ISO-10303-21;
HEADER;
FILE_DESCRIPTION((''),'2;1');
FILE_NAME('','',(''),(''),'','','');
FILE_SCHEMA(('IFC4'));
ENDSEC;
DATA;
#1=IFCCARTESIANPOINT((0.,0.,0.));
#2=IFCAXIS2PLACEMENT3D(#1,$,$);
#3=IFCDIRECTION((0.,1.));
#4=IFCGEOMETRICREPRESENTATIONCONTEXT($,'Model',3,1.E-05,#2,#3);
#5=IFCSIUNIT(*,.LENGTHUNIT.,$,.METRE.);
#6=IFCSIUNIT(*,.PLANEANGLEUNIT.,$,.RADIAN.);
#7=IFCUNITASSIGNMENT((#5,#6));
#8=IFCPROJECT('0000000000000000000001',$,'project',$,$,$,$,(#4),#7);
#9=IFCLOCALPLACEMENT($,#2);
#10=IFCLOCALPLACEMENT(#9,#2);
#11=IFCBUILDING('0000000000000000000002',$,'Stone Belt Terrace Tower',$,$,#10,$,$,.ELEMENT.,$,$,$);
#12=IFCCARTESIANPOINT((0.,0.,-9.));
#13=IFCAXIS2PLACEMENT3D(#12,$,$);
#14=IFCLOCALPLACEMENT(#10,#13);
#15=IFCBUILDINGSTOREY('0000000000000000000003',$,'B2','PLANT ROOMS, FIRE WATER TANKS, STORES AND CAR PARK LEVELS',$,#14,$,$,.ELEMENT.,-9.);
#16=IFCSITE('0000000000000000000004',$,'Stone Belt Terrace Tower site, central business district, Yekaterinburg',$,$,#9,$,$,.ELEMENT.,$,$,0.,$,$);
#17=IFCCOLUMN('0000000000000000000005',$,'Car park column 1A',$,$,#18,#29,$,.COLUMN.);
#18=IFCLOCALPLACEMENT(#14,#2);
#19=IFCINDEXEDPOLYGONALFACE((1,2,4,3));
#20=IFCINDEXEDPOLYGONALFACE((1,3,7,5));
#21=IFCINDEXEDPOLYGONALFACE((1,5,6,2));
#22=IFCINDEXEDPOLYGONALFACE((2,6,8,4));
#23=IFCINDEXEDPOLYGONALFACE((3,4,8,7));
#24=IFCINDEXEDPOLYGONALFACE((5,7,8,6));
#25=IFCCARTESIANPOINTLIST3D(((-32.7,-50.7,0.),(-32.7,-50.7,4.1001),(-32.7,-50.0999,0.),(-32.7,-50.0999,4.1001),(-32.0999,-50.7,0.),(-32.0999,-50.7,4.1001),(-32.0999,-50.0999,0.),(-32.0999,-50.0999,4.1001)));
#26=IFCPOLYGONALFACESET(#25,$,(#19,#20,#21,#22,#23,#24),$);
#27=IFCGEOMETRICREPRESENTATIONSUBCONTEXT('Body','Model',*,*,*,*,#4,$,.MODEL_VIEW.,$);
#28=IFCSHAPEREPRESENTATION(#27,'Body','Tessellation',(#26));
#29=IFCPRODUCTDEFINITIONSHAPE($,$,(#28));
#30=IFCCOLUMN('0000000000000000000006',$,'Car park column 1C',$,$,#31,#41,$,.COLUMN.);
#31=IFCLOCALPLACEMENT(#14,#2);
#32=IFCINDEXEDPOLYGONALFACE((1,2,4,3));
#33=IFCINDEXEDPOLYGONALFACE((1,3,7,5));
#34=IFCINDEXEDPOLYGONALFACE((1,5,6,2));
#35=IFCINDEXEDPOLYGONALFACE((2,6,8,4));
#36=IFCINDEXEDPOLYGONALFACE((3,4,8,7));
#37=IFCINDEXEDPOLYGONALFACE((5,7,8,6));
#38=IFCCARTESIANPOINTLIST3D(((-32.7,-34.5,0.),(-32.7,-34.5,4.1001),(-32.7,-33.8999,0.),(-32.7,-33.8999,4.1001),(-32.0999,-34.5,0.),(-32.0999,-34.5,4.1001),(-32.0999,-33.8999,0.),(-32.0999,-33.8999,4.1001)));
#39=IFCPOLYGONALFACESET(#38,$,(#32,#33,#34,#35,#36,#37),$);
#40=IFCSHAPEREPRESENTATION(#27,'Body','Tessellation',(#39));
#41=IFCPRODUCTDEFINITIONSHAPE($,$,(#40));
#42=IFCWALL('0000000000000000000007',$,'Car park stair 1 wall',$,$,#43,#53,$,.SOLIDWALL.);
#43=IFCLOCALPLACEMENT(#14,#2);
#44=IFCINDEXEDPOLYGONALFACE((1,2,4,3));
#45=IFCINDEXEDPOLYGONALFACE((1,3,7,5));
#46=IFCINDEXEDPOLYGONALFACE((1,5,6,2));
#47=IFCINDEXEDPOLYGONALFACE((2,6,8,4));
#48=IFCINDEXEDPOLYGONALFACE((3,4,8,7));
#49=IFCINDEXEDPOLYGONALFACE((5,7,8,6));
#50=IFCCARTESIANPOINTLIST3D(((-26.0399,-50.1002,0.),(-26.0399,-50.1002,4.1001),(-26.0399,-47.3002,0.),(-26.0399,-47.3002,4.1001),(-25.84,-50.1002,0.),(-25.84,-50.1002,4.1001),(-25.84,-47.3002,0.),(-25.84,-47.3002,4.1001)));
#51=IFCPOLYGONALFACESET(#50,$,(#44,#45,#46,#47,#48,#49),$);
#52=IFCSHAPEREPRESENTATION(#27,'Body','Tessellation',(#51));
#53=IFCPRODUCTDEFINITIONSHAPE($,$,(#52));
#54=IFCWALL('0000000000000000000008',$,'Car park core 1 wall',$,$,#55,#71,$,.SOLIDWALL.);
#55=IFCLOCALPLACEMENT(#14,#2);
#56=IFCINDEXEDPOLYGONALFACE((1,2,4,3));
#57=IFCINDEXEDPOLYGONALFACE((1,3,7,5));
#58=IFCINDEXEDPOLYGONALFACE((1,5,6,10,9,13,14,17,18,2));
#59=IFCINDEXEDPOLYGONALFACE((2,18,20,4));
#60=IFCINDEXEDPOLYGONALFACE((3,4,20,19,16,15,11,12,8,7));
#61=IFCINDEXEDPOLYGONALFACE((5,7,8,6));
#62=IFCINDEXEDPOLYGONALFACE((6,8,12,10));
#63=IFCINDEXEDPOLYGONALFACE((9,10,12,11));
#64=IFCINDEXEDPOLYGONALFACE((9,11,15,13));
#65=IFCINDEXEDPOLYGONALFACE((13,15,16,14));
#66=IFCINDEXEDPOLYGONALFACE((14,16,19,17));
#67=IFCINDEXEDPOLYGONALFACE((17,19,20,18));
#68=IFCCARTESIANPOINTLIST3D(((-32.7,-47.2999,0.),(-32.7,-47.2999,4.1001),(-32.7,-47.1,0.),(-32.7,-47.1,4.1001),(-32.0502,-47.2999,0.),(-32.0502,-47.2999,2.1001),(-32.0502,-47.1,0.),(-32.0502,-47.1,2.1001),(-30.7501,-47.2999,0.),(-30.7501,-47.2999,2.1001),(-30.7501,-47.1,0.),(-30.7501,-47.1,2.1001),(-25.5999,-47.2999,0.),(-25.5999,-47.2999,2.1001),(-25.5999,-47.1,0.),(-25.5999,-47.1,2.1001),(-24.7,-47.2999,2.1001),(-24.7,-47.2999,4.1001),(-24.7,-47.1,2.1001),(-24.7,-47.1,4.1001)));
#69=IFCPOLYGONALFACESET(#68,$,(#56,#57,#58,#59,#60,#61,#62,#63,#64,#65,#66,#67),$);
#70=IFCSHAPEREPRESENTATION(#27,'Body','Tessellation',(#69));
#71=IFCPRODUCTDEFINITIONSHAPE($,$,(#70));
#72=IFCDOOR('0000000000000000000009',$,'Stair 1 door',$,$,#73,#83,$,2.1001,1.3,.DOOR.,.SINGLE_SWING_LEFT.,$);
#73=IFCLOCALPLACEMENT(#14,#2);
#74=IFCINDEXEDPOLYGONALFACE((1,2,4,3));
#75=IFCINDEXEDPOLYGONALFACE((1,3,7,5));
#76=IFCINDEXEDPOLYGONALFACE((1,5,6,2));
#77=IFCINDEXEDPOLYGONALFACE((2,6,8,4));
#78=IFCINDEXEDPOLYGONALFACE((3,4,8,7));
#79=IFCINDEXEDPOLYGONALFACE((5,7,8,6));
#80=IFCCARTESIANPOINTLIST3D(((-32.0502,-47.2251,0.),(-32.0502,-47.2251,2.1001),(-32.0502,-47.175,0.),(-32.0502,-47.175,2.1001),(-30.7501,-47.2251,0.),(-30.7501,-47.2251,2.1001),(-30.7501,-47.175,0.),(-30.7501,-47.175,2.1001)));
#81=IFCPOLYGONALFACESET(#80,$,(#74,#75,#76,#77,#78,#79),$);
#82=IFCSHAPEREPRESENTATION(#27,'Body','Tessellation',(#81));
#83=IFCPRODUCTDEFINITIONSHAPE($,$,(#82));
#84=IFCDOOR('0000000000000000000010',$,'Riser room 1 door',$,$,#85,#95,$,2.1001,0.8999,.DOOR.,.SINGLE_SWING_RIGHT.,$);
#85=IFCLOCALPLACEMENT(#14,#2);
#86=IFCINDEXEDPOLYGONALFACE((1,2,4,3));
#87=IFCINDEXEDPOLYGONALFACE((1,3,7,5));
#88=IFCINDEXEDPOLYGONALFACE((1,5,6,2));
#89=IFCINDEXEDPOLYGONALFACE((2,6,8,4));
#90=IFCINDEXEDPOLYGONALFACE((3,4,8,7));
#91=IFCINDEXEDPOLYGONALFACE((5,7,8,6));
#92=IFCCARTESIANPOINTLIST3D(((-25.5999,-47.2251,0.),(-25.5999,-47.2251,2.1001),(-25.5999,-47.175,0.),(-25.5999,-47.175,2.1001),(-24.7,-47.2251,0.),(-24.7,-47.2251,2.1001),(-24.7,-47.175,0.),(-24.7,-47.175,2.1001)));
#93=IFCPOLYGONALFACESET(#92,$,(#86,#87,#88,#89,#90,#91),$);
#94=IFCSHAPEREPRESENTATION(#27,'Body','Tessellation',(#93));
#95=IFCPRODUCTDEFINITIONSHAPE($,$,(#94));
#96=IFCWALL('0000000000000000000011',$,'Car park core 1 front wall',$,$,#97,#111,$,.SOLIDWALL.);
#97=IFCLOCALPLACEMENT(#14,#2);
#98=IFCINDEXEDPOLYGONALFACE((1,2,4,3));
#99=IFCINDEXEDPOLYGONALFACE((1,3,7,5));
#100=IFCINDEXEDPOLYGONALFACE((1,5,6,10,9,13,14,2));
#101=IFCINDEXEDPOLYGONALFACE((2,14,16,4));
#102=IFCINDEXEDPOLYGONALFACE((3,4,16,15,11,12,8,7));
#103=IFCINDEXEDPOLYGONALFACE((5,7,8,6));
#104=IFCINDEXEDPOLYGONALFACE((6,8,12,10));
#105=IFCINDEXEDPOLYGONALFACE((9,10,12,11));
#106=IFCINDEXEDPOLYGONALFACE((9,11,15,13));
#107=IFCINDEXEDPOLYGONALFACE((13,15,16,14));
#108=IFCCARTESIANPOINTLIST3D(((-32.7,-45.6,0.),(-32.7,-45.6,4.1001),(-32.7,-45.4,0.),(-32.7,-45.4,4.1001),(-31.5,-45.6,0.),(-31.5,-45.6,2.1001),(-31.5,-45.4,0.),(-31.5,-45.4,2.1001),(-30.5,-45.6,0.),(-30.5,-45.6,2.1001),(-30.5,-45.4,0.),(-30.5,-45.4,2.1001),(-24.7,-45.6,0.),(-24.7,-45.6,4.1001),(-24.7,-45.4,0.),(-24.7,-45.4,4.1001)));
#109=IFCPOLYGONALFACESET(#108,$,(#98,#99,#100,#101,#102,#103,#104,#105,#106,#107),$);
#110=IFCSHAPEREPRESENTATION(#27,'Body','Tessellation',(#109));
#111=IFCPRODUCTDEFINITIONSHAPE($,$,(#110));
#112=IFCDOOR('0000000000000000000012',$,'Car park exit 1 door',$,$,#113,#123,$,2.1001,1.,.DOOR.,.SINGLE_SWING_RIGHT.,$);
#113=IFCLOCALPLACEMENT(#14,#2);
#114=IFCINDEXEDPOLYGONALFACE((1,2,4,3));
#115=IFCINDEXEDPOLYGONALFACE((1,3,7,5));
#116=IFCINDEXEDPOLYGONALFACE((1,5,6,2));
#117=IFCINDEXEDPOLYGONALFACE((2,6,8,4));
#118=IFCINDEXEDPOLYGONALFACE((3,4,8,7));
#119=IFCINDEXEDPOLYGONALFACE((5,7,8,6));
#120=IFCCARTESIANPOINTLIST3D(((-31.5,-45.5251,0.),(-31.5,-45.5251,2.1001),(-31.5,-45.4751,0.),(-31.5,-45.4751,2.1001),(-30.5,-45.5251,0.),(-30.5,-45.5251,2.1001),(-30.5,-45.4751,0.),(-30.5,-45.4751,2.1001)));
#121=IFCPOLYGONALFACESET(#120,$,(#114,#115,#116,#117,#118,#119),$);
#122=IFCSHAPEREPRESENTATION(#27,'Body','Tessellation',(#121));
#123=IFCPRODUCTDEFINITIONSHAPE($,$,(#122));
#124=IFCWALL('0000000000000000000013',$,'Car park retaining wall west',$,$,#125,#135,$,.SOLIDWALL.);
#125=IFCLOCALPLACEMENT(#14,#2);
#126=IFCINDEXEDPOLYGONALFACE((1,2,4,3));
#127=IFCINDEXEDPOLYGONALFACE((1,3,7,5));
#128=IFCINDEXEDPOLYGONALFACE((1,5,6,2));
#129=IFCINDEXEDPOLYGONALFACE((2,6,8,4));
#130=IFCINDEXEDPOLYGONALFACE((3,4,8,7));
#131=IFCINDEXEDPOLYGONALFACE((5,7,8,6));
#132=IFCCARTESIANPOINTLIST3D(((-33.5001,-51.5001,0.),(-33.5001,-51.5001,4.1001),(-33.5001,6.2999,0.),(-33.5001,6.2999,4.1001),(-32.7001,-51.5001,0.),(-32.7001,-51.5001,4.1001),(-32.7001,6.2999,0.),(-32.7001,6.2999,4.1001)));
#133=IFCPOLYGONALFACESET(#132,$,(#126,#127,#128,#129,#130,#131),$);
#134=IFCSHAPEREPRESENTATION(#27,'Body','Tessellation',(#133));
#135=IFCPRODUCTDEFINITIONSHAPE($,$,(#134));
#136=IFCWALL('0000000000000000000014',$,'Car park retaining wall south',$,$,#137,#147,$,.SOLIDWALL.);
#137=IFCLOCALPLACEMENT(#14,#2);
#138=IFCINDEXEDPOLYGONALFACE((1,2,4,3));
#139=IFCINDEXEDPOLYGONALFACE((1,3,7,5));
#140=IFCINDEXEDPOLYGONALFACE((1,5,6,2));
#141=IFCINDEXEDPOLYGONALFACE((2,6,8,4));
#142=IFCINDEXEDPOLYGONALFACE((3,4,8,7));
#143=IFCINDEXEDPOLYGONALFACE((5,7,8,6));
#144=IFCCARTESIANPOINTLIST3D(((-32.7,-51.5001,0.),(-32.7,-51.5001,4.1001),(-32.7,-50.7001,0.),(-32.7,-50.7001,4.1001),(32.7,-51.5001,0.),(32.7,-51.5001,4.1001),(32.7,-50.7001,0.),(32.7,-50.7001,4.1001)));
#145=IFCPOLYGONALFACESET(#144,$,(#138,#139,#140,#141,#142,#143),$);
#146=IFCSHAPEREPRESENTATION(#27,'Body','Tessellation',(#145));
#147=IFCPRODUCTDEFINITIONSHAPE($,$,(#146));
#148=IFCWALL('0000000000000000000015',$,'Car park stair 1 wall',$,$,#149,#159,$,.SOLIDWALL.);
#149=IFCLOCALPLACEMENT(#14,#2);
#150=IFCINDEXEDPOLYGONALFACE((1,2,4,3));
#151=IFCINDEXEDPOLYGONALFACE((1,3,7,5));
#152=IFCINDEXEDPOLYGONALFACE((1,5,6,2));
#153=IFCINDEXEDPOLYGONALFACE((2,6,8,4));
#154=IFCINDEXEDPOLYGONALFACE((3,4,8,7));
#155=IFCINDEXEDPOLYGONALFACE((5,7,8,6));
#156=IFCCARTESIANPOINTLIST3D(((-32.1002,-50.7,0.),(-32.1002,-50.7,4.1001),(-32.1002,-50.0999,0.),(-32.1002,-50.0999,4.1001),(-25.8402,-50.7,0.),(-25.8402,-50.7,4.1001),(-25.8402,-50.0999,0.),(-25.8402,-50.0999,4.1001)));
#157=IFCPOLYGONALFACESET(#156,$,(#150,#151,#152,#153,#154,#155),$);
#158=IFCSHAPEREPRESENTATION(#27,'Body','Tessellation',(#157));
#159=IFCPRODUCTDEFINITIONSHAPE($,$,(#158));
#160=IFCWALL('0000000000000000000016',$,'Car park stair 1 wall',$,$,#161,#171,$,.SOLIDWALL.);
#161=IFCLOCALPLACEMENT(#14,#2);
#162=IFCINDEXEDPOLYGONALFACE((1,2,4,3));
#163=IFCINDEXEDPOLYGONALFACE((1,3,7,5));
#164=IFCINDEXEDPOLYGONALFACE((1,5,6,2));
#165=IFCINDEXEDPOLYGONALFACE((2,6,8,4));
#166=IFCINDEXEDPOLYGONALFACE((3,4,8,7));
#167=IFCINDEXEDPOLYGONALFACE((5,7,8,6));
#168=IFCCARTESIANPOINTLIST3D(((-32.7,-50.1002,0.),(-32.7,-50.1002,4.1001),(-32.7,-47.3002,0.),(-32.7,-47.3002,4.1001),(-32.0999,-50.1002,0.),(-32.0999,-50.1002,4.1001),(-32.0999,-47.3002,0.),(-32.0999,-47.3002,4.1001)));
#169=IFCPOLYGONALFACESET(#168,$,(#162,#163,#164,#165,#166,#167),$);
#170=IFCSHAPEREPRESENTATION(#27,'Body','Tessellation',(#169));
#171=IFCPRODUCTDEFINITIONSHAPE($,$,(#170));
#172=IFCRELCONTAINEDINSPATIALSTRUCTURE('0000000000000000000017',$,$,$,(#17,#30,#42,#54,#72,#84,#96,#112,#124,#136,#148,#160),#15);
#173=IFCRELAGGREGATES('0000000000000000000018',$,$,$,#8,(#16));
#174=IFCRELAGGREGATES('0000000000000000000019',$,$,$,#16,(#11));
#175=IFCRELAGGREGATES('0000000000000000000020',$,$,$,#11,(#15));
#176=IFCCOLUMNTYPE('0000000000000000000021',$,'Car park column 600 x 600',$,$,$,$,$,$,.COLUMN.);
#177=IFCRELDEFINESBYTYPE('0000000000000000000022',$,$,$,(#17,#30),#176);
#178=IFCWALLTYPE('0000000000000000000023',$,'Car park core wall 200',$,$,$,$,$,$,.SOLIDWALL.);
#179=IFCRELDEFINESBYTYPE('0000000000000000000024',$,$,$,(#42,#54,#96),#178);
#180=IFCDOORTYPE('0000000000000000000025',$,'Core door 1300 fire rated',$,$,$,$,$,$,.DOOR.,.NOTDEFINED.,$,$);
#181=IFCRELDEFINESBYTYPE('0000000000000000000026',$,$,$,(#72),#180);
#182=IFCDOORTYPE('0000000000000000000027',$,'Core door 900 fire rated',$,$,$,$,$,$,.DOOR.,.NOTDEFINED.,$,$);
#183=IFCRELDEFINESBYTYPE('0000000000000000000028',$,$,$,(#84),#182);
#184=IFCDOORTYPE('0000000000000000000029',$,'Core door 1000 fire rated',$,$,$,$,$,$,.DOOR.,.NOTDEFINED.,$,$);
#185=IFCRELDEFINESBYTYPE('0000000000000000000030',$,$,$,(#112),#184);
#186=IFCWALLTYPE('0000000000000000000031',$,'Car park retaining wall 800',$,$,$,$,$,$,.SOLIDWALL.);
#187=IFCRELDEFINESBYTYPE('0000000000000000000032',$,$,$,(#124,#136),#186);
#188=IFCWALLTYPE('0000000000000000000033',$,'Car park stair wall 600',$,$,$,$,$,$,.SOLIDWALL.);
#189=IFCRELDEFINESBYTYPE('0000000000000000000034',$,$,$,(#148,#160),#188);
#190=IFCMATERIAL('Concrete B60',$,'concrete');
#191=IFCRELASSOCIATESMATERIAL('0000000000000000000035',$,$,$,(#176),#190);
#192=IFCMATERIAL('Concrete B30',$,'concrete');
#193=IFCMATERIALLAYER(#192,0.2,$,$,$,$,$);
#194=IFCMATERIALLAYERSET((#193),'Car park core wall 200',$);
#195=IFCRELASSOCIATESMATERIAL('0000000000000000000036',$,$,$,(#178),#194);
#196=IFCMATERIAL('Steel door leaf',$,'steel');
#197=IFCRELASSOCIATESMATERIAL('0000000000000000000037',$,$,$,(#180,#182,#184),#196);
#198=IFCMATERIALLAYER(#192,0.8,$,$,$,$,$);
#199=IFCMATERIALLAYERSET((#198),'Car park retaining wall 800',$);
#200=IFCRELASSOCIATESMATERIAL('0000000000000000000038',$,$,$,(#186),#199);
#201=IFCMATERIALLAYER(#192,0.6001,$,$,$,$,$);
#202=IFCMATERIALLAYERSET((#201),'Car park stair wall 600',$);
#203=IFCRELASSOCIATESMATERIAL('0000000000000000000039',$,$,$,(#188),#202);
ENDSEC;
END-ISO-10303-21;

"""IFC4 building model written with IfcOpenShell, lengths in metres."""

from ifc_helpers import new_model, si_unit, direction, frame, frame_2d, origin, origin_2d, place, context, subcontext, project, spatial, rectangle, extrude, material, layer, layer_set, material_profile, profile_set, type_object, element, fill, save


model = new_model("IFC4")

# Units and contexts
model_context = context("Model", 3, precision=1e-05, world=origin(), true_north=direction((0.0, 1.0)))
body_context = subcontext(model_context, "Body", "Model", "MODEL_VIEW")
ifc_project = project(units=[si_unit("LENGTHUNIT", "METRE"), si_unit("PLANEANGLEUNIT", "RADIAN")], contexts=[model_context])

# Site, building, storey
site_placement = place(None, origin())
site = spatial("IfcSite", under=ifc_project, at=site_placement, Name="Stone Belt Terrace Tower site, central business district, Yekaterinburg", CompositionType="ELEMENT", RefElevation=0.0)
building_placement = place(site_placement, origin())
building = spatial("IfcBuilding", under=site, at=building_placement, Name="Stone Belt Terrace Tower", CompositionType="ELEMENT")
storey_placement = place(building_placement, frame((0.0, 0.0, -9.0)))
storey = spatial("IfcBuildingStorey", under=building, at=storey_placement, Name="B2", Description="PLANT ROOMS, FIRE WATER TANKS, STORES AND CAR PARK LEVELS", CompositionType="ELEMENT", Elevation=-9.0)

# Columns
ifc_material_1 = material(Name="Concrete B60", Category="concrete")
ifc_material_profile = material_profile(ifc_material_1, rectangle(XDim=0.6001, YDim=0.6001, at=origin_2d()), Name="Car park column 600 x 600")
ifc_profile_set = profile_set([ifc_material_profile], Name="Concrete B60")
column_type = type_object("IfcColumnType", Name="Car park column 600 x 600", PredefinedType="COLUMN", material=ifc_profile_set)
for number, where, z_axis, x_axis, name in (
    (1, (-32.3999, -50.3999, 0.0), (0.0, 0.0, 1.0), (1.0, 0.0, 0.0), "Car park column 1A"),
    (2, (-32.3999, -34.2, 0.0), (0.0, 0.0, 1.0), (1.0, 0.0, 0.0), "Car park column 1C"),
):
    element("IfcColumn", number, at=place(storey_placement, frame(where, z_axis=z_axis, x_axis=x_axis)), inside=storey, type_object=column_type, Name=name, PredefinedType="COLUMN", context=body_context, shape_type="SweptSolid", body=[
        extrude(rectangle(XDim=0.6001, YDim=0.6001, at=origin_2d()), origin(), (0.0, 0.0, 1.0), 4.1001),
    ])

# Wall
ifc_material_2 = material(Name="Concrete B30", Category="concrete")
ifc_layer_1 = layer(ifc_material_2, 0.2)
ifc_layer_set_1 = layer_set([ifc_layer_1], Name="Car park core wall 200")
wall_type_1 = type_object("IfcWallType", Name="Car park core wall 200", PredefinedType="SOLIDWALL", material=ifc_layer_set_1)
wall_1_placement = place(storey_placement, frame((-25.9399, -50.1001, 0.0), z_axis=(0.0, 0.0, 1.0), x_axis=(0.0, 1.0, 0.0)))
element("IfcWall", 3, at=wall_1_placement, inside=storey, type_object=wall_type_1, Name="Car park stair 1 wall", PredefinedType="SOLIDWALL", context=body_context, shape_type="SweptSolid", body=[
    extrude(rectangle(XDim=2.8, YDim=0.2, at=frame_2d((1.3999, 0.0))), origin(), (0.0, 0.0, 1.0), 4.1001),
])

# Wall, openings, doors
wall_2_placement = place(storey_placement, frame((-32.7, -47.2, 0.0), z_axis=(0.0, 0.0, 1.0), x_axis=(1.0, 0.0, 0.0)))
wall_2 = element("IfcWall", 4, at=wall_2_placement, inside=storey, type_object=wall_type_1, Name="Car park core 1 wall", PredefinedType="SOLIDWALL", context=body_context, shape_type="SweptSolid", body=[
    extrude(rectangle(XDim=8.0, YDim=0.2, at=frame_2d((4.0, 0.0))), origin(), (0.0, 0.0, 1.0), 4.1001),
])
opening_1_placement = place(wall_2_placement, frame((0.6499, 0.0, 0.0)))
opening_1 = element("IfcOpeningElement", 5, at=opening_1_placement, cuts=wall_2, PredefinedType="OPENING", context=body_context, shape_type="SweptSolid", body=[
    extrude(rectangle(XDim=1.3, YDim=2.1001, at=frame_2d((0.6499, 1.05))), frame((0.0, 0.1099, 0.0), z_axis=(0.0, -1.0, 0.0), x_axis=(1.0, 0.0, 0.0)), (0.0, 0.0, 1.0), 0.22),
])
opening_2_placement = place(wall_2_placement, frame((7.1001, 0.0, 0.0)))
opening_2 = element("IfcOpeningElement", 6, at=opening_2_placement, cuts=wall_2, PredefinedType="OPENING", context=body_context, shape_type="SweptSolid", body=[
    extrude(rectangle(XDim=0.8999, YDim=2.1001, at=frame_2d((0.45, 1.05))), frame((0.0, 0.1099, 0.0), z_axis=(0.0, -1.0, 0.0), x_axis=(1.0, 0.0, 0.0)), (0.0, 0.0, 1.0), 0.22),
])
ifc_material_3 = material(Name="Steel door leaf", Category="steel")
door_type_1 = type_object("IfcDoorType", Name="Core door 1300 fire rated", OperationType="NOTDEFINED", PredefinedType="DOOR", material=ifc_material_3)
door_1_placement = place(opening_1_placement, origin())
door_1 = element("IfcDoor", 7, at=door_1_placement, inside=storey, type_object=door_type_1, Name="Stair 1 door", OperationType="SINGLE_SWING_LEFT", OverallHeight=2.1001, OverallWidth=1.3, PredefinedType="DOOR", context=body_context, shape_type="SweptSolid", body=[
    extrude(rectangle(XDim=1.3, YDim=2.1001, at=frame_2d((0.6499, 1.05))), frame((0.0, 0.0249, 0.0), z_axis=(0.0, -1.0, 0.0), x_axis=(1.0, 0.0, 0.0)), (0.0, 0.0, 1.0), 0.05),
])
fill(opening_1, door_1)
door_type_2 = type_object("IfcDoorType", Name="Core door 900 fire rated", OperationType="NOTDEFINED", PredefinedType="DOOR", material=ifc_material_3)
door_2_placement = place(opening_2_placement, origin())
door_2 = element("IfcDoor", 8, at=door_2_placement, inside=storey, type_object=door_type_2, Name="Riser room 1 door", OperationType="SINGLE_SWING_RIGHT", OverallHeight=2.1001, OverallWidth=0.8999, PredefinedType="DOOR", context=body_context, shape_type="SweptSolid", body=[
    extrude(rectangle(XDim=0.8999, YDim=2.1001, at=frame_2d((0.45, 1.05))), frame((0.0, 0.0249, 0.0), z_axis=(0.0, -1.0, 0.0), x_axis=(1.0, 0.0, 0.0)), (0.0, 0.0, 1.0), 0.05),
])
fill(opening_2, door_2)

# Wall, opening, door
wall_3_placement = place(storey_placement, frame((-32.7, -45.5, 0.0), z_axis=(0.0, 0.0, 1.0), x_axis=(1.0, 0.0, 0.0)))
wall_3 = element("IfcWall", 9, at=wall_3_placement, inside=storey, type_object=wall_type_1, Name="Car park core 1 front wall", PredefinedType="SOLIDWALL", context=body_context, shape_type="SweptSolid", body=[
    extrude(rectangle(XDim=8.0, YDim=0.2, at=frame_2d((4.0, 0.0))), origin(), (0.0, 0.0, 1.0), 4.1001),
])
opening_3_placement = place(wall_3_placement, frame((1.2, 0.0, 0.0)))
opening_3 = element("IfcOpeningElement", 10, at=opening_3_placement, cuts=wall_3, PredefinedType="OPENING", context=body_context, shape_type="SweptSolid", body=[
    extrude(rectangle(XDim=1.0, YDim=2.1001, at=frame_2d((0.5, 1.05))), frame((0.0, 0.1099, 0.0), z_axis=(0.0, -1.0, 0.0), x_axis=(1.0, 0.0, 0.0)), (0.0, 0.0, 1.0), 0.22),
])
door_type_3 = type_object("IfcDoorType", Name="Core door 1000 fire rated", OperationType="NOTDEFINED", PredefinedType="DOOR", material=ifc_material_3)
door_3_placement = place(opening_3_placement, origin())
door_3 = element("IfcDoor", 11, at=door_3_placement, inside=storey, type_object=door_type_3, Name="Car park exit 1 door", OperationType="SINGLE_SWING_RIGHT", OverallHeight=2.1001, OverallWidth=1.0, PredefinedType="DOOR", context=body_context, shape_type="SweptSolid", body=[
    extrude(rectangle(XDim=1.0, YDim=2.1001, at=frame_2d((0.5, 1.05))), frame((0.0, 0.0249, 0.0), z_axis=(0.0, -1.0, 0.0), x_axis=(1.0, 0.0, 0.0)), (0.0, 0.0, 1.0), 0.05),
])
fill(opening_3, door_3)

# Walls
ifc_layer_2 = layer(ifc_material_2, 0.8)
ifc_layer_set_2 = layer_set([ifc_layer_2], Name="Car park retaining wall 800")
wall_type_2 = type_object("IfcWallType", Name="Car park retaining wall 800", PredefinedType="SOLIDWALL", material=ifc_layer_set_2)
wall_4_placement = place(storey_placement, frame((-33.1001, -51.5, 0.0), z_axis=(0.0, 0.0, 1.0), x_axis=(0.0, 1.0, 0.0)))
element("IfcWall", 12, at=wall_4_placement, inside=storey, type_object=wall_type_2, Name="Car park retaining wall west", PredefinedType="SOLIDWALL", context=body_context, shape_type="SweptSolid", body=[
    extrude(rectangle(XDim=57.8, YDim=0.8, at=frame_2d((28.8999, 0.0))), origin(), (0.0, 0.0, 1.0), 4.1001),
])
wall_5_placement = place(storey_placement, frame((-32.7, -51.1001, 0.0), z_axis=(0.0, 0.0, 1.0), x_axis=(1.0, 0.0, 0.0)))
element("IfcWall", 13, at=wall_5_placement, inside=storey, type_object=wall_type_2, Name="Car park retaining wall south", PredefinedType="SOLIDWALL", context=body_context, shape_type="SweptSolid", body=[
    extrude(rectangle(XDim=65.3999, YDim=0.8, at=frame_2d((32.7, 0.0))), origin(), (0.0, 0.0, 1.0), 4.1001),
])
ifc_layer_3 = layer(ifc_material_2, 0.6001)
ifc_layer_set_3 = layer_set([ifc_layer_3], Name="Car park stair wall 600")
wall_type_3 = type_object("IfcWallType", Name="Car park stair wall 600", PredefinedType="SOLIDWALL", material=ifc_layer_set_3)
wall_6_placement = place(storey_placement, frame((-32.1001, -50.3999, 0.0), z_axis=(0.0, 0.0, 1.0), x_axis=(1.0, 0.0, 0.0)))
element("IfcWall", 14, at=wall_6_placement, inside=storey, type_object=wall_type_3, Name="Car park stair 1 wall", PredefinedType="SOLIDWALL", context=body_context, shape_type="SweptSolid", body=[
    extrude(rectangle(XDim=6.26, YDim=0.6001, at=frame_2d((3.1299, 0.0))), origin(), (0.0, 0.0, 1.0), 4.1001),
])
wall_7_placement = place(storey_placement, frame((-32.3999, -50.1001, 0.0), z_axis=(0.0, 0.0, 1.0), x_axis=(0.0, 1.0, 0.0)))
element("IfcWall", 15, at=wall_7_placement, inside=storey, type_object=wall_type_3, Name="Car park stair 1 wall", PredefinedType="SOLIDWALL", context=body_context, shape_type="SweptSolid", body=[
    extrude(rectangle(XDim=2.8, YDim=0.6001, at=frame_2d((1.3999, 0.0))), origin(), (0.0, 0.0, 1.0), 4.1001),
])

save(model, "model.ifc")
